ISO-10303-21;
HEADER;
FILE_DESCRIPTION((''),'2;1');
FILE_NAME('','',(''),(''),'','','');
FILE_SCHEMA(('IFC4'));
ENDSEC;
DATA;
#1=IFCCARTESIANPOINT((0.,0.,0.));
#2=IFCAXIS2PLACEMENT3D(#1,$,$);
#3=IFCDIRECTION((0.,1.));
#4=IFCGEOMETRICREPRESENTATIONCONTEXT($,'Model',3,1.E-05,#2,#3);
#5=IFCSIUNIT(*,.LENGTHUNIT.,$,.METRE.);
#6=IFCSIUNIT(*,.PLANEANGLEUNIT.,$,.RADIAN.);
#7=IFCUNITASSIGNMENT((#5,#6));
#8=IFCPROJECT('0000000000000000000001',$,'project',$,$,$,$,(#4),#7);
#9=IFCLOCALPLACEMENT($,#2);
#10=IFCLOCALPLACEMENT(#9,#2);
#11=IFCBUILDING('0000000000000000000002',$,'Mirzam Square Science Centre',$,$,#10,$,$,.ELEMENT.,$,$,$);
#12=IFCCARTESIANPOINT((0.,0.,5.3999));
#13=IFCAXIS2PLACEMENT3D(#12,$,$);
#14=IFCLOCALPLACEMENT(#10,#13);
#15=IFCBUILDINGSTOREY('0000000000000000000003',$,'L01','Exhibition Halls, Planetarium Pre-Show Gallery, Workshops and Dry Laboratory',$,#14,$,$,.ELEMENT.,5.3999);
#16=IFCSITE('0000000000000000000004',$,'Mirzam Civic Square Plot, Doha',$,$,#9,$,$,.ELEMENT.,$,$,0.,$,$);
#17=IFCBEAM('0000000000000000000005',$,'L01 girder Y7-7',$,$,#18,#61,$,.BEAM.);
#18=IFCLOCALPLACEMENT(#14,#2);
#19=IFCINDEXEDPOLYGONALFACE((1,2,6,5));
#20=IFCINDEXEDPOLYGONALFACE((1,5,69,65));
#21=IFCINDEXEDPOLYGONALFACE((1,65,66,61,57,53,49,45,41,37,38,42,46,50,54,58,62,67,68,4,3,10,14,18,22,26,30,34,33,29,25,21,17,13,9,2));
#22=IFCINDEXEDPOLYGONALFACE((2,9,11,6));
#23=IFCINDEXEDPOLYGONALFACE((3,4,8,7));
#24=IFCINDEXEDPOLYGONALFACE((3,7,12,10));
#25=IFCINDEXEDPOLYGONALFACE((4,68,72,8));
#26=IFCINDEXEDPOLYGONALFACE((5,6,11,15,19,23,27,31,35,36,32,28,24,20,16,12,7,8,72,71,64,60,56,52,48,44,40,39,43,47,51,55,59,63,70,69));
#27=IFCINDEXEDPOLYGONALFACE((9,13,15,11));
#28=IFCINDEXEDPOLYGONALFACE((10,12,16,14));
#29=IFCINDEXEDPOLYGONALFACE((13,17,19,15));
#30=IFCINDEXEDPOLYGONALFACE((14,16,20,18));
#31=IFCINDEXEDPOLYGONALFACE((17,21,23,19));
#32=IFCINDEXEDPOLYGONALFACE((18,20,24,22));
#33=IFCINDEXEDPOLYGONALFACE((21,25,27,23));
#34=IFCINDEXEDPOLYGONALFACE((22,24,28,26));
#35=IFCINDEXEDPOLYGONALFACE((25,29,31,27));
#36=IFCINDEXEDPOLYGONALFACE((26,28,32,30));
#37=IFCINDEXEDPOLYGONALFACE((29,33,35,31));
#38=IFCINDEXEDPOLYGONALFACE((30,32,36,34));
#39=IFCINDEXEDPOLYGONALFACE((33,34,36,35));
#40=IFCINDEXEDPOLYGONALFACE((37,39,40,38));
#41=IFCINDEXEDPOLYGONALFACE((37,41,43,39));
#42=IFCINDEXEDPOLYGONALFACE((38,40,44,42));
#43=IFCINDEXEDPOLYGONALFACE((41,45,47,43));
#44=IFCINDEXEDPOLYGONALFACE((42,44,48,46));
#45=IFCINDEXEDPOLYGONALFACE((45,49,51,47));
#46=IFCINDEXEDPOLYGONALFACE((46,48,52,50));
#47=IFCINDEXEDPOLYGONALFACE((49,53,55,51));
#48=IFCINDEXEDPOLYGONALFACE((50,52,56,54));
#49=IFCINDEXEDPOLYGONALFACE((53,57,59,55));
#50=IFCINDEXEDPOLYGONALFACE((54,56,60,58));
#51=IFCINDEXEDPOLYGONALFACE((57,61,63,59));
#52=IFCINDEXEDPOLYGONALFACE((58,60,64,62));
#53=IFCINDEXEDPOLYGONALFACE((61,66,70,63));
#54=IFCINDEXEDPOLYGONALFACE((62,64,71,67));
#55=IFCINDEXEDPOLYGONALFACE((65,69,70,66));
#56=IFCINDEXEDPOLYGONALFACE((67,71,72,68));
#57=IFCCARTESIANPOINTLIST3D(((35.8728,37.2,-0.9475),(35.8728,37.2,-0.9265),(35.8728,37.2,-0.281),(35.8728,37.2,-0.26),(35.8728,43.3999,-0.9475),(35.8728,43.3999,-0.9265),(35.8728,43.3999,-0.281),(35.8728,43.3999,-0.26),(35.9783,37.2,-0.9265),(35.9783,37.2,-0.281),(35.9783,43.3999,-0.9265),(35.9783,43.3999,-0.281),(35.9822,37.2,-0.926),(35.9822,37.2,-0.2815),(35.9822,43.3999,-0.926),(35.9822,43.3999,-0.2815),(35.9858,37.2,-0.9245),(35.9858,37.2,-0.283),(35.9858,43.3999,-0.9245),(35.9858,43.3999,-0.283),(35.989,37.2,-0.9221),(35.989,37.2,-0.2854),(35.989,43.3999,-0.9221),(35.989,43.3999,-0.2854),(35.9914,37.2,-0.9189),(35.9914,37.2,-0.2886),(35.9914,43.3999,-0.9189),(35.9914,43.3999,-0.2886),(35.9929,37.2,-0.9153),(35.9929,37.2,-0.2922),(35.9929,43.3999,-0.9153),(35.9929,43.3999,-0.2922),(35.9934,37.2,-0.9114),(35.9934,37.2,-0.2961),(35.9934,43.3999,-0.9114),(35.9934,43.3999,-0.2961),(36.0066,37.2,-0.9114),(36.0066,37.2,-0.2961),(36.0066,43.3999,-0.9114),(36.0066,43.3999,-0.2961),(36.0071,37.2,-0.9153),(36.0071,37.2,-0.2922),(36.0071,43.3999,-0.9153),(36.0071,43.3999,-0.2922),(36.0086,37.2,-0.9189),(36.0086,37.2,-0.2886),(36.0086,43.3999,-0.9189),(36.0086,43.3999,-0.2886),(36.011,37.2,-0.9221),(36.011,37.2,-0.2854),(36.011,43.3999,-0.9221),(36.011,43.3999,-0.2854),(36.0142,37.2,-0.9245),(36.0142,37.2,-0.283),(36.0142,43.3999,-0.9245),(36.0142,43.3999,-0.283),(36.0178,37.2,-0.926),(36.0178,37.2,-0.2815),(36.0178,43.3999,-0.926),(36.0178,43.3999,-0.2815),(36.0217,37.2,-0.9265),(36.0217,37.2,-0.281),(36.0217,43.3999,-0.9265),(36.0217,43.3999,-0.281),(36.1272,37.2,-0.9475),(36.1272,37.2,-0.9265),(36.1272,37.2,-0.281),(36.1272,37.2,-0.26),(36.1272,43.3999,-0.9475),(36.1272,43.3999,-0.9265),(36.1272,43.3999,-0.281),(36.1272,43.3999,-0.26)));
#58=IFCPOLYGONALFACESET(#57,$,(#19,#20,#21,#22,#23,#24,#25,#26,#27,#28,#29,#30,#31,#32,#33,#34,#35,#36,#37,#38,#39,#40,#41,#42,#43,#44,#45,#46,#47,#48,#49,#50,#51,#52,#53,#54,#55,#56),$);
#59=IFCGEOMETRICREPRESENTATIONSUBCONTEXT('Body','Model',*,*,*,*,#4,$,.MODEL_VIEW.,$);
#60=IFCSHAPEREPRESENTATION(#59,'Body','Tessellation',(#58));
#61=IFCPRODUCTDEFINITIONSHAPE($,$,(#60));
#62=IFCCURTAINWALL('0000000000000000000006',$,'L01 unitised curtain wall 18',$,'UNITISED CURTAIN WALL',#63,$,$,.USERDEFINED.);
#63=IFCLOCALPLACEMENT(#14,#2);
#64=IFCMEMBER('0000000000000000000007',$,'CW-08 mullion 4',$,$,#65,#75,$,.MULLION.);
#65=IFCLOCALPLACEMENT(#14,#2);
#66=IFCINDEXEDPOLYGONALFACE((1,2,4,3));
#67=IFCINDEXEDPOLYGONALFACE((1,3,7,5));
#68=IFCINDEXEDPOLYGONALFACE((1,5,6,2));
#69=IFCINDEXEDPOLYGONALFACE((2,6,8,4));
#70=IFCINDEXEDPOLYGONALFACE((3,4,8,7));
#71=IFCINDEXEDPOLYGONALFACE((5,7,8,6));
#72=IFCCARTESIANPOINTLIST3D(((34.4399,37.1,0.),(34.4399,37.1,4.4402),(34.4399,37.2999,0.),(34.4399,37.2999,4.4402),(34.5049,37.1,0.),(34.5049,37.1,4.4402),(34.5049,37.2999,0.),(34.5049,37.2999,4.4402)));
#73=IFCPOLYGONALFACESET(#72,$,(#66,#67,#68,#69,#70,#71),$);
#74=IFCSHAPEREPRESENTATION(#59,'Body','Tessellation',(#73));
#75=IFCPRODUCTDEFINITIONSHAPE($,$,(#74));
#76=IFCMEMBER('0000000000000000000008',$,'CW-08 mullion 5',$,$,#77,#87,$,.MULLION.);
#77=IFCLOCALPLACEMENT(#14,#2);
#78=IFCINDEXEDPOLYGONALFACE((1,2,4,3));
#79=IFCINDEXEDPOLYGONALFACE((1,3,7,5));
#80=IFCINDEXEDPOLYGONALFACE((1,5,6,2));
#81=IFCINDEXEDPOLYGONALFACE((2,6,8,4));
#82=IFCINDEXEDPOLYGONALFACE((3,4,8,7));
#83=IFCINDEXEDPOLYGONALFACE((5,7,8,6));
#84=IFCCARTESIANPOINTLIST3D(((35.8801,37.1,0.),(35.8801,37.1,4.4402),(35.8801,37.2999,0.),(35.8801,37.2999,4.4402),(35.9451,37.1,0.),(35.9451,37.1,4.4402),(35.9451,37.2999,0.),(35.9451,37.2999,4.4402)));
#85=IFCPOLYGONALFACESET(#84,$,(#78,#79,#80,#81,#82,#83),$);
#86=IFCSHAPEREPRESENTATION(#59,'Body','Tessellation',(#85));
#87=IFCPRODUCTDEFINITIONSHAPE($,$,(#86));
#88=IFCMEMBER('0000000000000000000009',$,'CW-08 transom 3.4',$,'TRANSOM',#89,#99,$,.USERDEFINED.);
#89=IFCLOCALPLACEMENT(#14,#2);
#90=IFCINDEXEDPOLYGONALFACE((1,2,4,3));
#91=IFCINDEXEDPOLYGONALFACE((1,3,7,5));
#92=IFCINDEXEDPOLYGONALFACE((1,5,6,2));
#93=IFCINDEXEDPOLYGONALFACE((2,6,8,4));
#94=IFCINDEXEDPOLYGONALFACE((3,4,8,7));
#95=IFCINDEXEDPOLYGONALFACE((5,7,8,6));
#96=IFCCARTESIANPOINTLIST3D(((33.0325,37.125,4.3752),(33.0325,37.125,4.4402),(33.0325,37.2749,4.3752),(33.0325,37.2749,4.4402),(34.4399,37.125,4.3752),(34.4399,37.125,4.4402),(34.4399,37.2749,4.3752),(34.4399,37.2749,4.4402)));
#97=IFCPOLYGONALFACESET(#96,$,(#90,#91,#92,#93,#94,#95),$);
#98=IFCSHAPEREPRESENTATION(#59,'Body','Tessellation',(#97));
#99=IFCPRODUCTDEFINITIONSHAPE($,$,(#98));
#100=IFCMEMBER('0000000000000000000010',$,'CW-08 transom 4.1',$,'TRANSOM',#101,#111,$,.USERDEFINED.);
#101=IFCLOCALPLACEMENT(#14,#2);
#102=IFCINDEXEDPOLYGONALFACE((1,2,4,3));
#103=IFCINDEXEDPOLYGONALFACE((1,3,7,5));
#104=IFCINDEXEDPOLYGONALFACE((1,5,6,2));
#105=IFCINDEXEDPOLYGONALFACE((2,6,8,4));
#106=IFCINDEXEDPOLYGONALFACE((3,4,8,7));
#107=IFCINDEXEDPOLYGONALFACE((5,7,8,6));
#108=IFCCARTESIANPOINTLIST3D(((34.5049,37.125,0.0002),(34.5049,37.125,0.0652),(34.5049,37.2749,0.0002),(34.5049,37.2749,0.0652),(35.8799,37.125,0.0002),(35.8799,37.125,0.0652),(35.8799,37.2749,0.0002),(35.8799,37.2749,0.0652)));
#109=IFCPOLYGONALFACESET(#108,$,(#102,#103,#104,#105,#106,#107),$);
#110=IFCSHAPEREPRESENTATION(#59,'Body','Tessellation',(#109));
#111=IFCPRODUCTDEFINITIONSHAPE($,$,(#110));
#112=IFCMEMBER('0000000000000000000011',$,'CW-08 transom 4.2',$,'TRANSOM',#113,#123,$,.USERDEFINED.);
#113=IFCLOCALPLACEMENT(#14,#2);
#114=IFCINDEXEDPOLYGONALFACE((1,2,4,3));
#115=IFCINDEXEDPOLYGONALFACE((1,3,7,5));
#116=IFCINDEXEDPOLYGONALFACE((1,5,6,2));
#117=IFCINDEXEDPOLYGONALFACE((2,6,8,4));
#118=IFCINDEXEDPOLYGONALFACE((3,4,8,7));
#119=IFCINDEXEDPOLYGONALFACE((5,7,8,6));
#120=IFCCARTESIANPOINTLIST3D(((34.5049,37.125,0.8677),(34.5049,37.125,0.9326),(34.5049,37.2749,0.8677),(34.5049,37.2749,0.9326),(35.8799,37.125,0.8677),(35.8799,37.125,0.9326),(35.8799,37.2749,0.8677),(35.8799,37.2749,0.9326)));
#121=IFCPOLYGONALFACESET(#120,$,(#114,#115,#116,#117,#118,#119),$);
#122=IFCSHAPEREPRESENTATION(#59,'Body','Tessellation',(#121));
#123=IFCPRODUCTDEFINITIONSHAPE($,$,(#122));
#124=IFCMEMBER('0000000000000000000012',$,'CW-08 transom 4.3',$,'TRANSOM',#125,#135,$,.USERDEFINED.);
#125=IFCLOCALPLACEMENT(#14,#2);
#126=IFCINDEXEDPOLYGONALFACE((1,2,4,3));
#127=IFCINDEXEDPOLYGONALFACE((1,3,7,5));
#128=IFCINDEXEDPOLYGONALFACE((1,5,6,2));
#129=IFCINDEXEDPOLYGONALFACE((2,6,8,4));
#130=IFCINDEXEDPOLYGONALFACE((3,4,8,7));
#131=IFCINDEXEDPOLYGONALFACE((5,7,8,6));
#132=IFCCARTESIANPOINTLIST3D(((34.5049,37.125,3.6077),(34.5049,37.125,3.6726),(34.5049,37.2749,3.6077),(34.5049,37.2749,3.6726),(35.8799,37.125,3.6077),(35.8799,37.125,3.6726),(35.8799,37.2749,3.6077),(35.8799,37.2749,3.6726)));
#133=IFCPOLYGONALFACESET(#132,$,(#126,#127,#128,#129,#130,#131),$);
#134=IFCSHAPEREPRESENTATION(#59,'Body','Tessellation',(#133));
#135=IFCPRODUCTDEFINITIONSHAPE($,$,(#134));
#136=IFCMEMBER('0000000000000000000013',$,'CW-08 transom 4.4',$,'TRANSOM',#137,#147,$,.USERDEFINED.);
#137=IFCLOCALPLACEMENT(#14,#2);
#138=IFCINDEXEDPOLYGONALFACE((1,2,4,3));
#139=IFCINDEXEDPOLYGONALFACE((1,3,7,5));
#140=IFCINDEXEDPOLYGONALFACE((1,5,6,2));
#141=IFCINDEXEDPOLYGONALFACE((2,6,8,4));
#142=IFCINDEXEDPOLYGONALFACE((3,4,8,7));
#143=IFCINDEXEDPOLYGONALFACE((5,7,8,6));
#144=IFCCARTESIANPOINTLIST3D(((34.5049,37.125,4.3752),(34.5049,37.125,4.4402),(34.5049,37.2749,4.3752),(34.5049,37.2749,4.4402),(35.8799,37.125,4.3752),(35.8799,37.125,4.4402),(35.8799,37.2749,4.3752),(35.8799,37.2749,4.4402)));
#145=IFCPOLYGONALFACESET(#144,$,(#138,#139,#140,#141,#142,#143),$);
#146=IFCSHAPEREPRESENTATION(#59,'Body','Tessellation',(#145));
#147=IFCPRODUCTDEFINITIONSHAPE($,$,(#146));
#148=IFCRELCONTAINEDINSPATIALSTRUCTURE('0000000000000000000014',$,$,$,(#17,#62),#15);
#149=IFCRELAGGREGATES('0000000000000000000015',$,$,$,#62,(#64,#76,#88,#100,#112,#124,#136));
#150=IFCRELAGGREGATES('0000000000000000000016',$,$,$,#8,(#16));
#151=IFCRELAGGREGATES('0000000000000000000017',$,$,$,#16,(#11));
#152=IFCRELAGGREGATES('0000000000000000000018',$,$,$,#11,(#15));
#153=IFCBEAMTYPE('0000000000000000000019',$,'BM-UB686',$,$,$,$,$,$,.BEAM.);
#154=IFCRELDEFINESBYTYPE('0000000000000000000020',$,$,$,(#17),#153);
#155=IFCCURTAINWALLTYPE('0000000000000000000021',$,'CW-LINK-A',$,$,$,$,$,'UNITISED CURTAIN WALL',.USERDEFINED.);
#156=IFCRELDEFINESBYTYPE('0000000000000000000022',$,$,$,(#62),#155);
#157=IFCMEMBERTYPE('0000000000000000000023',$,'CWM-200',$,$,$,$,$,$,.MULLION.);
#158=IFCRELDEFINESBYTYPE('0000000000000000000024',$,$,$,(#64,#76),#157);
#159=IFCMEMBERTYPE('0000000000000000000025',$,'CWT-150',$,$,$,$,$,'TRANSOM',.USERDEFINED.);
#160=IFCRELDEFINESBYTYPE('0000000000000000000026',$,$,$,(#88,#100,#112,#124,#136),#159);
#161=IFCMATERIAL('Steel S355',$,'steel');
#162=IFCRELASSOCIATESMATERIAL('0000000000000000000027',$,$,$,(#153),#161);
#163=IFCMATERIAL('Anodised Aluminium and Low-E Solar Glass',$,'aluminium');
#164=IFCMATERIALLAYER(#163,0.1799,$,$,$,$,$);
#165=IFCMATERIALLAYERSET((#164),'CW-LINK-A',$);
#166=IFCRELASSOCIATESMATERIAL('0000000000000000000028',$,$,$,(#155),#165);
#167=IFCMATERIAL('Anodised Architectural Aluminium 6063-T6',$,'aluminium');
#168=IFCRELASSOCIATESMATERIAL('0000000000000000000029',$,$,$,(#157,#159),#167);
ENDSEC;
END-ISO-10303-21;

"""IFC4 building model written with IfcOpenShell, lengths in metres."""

from ifc_helpers import new_model, si_unit, direction, frame, origin, origin_2d, place, context, subcontext, project, spatial, rectangle, i_section, extrude, material, layer, layer_set, material_profile, profile_set, type_object, element, aggregate, save


model = new_model("IFC4")

# Units and contexts
model_context = context("Model", 3, precision=1e-05, world=origin(), true_north=direction((0.0, 1.0)))
body_context = subcontext(model_context, "Body", "Model", "MODEL_VIEW")
ifc_project = project(units=[si_unit("LENGTHUNIT", "METRE"), si_unit("PLANEANGLEUNIT", "RADIAN")], contexts=[model_context])

# Site, building, storey
site_placement = place(None, origin())
site = spatial("IfcSite", under=ifc_project, at=site_placement, Name="Mirzam Civic Square Plot, Doha", CompositionType="ELEMENT", RefElevation=0.0)
building_placement = place(site_placement, origin())
building = spatial("IfcBuilding", under=site, at=building_placement, Name="Mirzam Square Science Centre", CompositionType="ELEMENT")
storey_placement = place(building_placement, frame((0.0, 0.0, 5.3999)))
storey = spatial("IfcBuildingStorey", under=building, at=storey_placement, Name="L01", Description="Exhibition Halls, Planetarium Pre-Show Gallery, Workshops and Dry Laboratory", CompositionType="ELEMENT", Elevation=5.3999)

# Shared definitions
ifc_material_1 = material(Name="Steel S355", Category="steel")

# Beam
ifc_material_profile_1 = material_profile(ifc_material_1, i_section(OverallWidth=0.2544, OverallDepth=0.6875, WebThickness=0.0132, FlangeThickness=0.021, FilletRadius=0.0151, at=origin_2d()), Name="686x254x152UB")
ifc_profile_set_1 = profile_set([ifc_material_profile_1], Name="Steel S355")
beam_type_1 = type_object("IfcBeamType", Name="BM-UB686", PredefinedType="BEAM", material=ifc_profile_set_1)
beam_1_placement = place(storey_placement, frame((36.0, 37.2, -0.6038), z_axis=(0.0, 1.0, 0.0), x_axis=(-1.0, 0.0, 0.0)))
element("IfcBeam", 1, at=beam_1_placement, inside=storey, type_object=beam_type_1, Name="L01 girder Y7-7", PredefinedType="BEAM", context=body_context, shape_type="SweptSolid", body=[
    extrude(i_section(OverallWidth=0.2544, OverallDepth=0.6875, WebThickness=0.0132, FlangeThickness=0.021, FilletRadius=0.0151, at=origin_2d()), origin(), (0.0, 0.0, 1.0), 6.2),
])

# Curtain wall, members
ifc_material_2 = material(Name="Anodised Aluminium and Low-E Solar Glass", Category="aluminium")
ifc_layer_1 = layer(ifc_material_2, 0.1799)
ifc_layer_set_1 = layer_set([ifc_layer_1], Name="CW-LINK-A")
curtain_wall_type = type_object("IfcCurtainWallType", Name="CW-LINK-A", ElementType="UNITISED CURTAIN WALL", PredefinedType="USERDEFINED", material=ifc_layer_set_1)
curtain_wall_placement = place(storey_placement, origin())
curtain_wall = element("IfcCurtainWall", 2, at=curtain_wall_placement, inside=storey, type_object=curtain_wall_type, Name="L01 unitised curtain wall 18", ObjectType="UNITISED CURTAIN WALL", PredefinedType="USERDEFINED")
ifc_material_3 = material(Name="Anodised Architectural Aluminium 6063-T6", Category="aluminium")
ifc_material_profile_2 = material_profile(ifc_material_3, rectangle(XDim=0.0649, YDim=0.2, at=origin_2d()), Name="ALU-MULL-200x65x5")
ifc_profile_set_2 = profile_set([ifc_material_profile_2], Name="Anodised Architectural Aluminium 6063-T6")
member_type_1 = type_object("IfcMemberType", Name="CWM-200", PredefinedType="MULLION", material=ifc_profile_set_2)
member_1_placement = place(storey_placement, frame((34.4724, 37.2, 0.0), z_axis=(0.0, 0.0, 1.0), x_axis=(1.0, 0.0, 0.0)))
member_1 = element("IfcMember", 3, at=member_1_placement, type_object=member_type_1, Name="CW-08 mullion 4", PredefinedType="MULLION", context=body_context, shape_type="SweptSolid", body=[
    extrude(rectangle(XDim=0.0649, YDim=0.2, at=origin_2d()), origin(), (0.0, 0.0, 1.0), 4.4402),
])
member_2_placement = place(storey_placement, frame((35.9126, 37.2, 0.0), z_axis=(0.0, 0.0, 1.0), x_axis=(1.0, 0.0, 0.0)))
member_2 = element("IfcMember", 4, at=member_2_placement, type_object=member_type_1, Name="CW-08 mullion 5", PredefinedType="MULLION", context=body_context, shape_type="SweptSolid", body=[
    extrude(rectangle(XDim=0.0649, YDim=0.2, at=origin_2d()), origin(), (0.0, 0.0, 1.0), 4.4402),
])
ifc_material_profile_3 = material_profile(ifc_material_3, rectangle(XDim=0.1499, YDim=0.0649, at=origin_2d()), Name="ALU-TRAN-150x65x4")
ifc_profile_set_3 = profile_set([ifc_material_profile_3], Name="Anodised Architectural Aluminium 6063-T6")
member_type_2 = type_object("IfcMemberType", Name="CWT-150", ElementType="TRANSOM", PredefinedType="USERDEFINED", material=ifc_profile_set_3)
member_3_placement = place(storey_placement, frame((33.0325, 37.2, 4.4077), z_axis=(1.0, 0.0, 0.0), x_axis=(0.0, 1.0, 0.0)))
member_3 = element("IfcMember", 5, at=member_3_placement, type_object=member_type_2, Name="CW-08 transom 3.4", ObjectType="TRANSOM", PredefinedType="USERDEFINED", context=body_context, shape_type="SweptSolid", body=[
    extrude(rectangle(XDim=0.1499, YDim=0.0649, at=origin_2d()), origin(), (0.0, 0.0, 1.0), 1.4075),
])
member_4_placement = place(storey_placement, frame((34.5049, 37.2, 0.0327), z_axis=(1.0, 0.0, 0.0), x_axis=(0.0, 1.0, 0.0)))
member_4 = element("IfcMember", 6, at=member_4_placement, type_object=member_type_2, Name="CW-08 transom 4.1", ObjectType="TRANSOM", PredefinedType="USERDEFINED", context=body_context, shape_type="SweptSolid", body=[
    extrude(rectangle(XDim=0.1499, YDim=0.0649, at=origin_2d()), origin(), (0.0, 0.0, 1.0), 1.375),
])
member_5_placement = place(storey_placement, frame((34.5049, 37.2, 0.9001), z_axis=(1.0, 0.0, 0.0), x_axis=(0.0, 1.0, 0.0)))
member_5 = element("IfcMember", 7, at=member_5_placement, type_object=member_type_2, Name="CW-08 transom 4.2", ObjectType="TRANSOM", PredefinedType="USERDEFINED", context=body_context, shape_type="SweptSolid", body=[
    extrude(rectangle(XDim=0.1499, YDim=0.0649, at=origin_2d()), origin(), (0.0, 0.0, 1.0), 1.375),
])
member_6_placement = place(storey_placement, frame((34.5049, 37.2, 3.6401), z_axis=(1.0, 0.0, 0.0), x_axis=(0.0, 1.0, 0.0)))
member_6 = element("IfcMember", 8, at=member_6_placement, type_object=member_type_2, Name="CW-08 transom 4.3", ObjectType="TRANSOM", PredefinedType="USERDEFINED", context=body_context, shape_type="SweptSolid", body=[
    extrude(rectangle(XDim=0.1499, YDim=0.0649, at=origin_2d()), origin(), (0.0, 0.0, 1.0), 1.375),
])
member_7_placement = place(storey_placement, frame((34.5049, 37.2, 4.4077), z_axis=(1.0, 0.0, 0.0), x_axis=(0.0, 1.0, 0.0)))
member_7 = element("IfcMember", 9, at=member_7_placement, type_object=member_type_2, Name="CW-08 transom 4.4", ObjectType="TRANSOM", PredefinedType="USERDEFINED", context=body_context, shape_type="SweptSolid", body=[
    extrude(rectangle(XDim=0.1499, YDim=0.0649, at=origin_2d()), origin(), (0.0, 0.0, 1.0), 1.375),
])

aggregate(curtain_wall, [member_1, member_2, member_3, member_4, member_5, member_6, member_7])

save(model, "model.ifc")
